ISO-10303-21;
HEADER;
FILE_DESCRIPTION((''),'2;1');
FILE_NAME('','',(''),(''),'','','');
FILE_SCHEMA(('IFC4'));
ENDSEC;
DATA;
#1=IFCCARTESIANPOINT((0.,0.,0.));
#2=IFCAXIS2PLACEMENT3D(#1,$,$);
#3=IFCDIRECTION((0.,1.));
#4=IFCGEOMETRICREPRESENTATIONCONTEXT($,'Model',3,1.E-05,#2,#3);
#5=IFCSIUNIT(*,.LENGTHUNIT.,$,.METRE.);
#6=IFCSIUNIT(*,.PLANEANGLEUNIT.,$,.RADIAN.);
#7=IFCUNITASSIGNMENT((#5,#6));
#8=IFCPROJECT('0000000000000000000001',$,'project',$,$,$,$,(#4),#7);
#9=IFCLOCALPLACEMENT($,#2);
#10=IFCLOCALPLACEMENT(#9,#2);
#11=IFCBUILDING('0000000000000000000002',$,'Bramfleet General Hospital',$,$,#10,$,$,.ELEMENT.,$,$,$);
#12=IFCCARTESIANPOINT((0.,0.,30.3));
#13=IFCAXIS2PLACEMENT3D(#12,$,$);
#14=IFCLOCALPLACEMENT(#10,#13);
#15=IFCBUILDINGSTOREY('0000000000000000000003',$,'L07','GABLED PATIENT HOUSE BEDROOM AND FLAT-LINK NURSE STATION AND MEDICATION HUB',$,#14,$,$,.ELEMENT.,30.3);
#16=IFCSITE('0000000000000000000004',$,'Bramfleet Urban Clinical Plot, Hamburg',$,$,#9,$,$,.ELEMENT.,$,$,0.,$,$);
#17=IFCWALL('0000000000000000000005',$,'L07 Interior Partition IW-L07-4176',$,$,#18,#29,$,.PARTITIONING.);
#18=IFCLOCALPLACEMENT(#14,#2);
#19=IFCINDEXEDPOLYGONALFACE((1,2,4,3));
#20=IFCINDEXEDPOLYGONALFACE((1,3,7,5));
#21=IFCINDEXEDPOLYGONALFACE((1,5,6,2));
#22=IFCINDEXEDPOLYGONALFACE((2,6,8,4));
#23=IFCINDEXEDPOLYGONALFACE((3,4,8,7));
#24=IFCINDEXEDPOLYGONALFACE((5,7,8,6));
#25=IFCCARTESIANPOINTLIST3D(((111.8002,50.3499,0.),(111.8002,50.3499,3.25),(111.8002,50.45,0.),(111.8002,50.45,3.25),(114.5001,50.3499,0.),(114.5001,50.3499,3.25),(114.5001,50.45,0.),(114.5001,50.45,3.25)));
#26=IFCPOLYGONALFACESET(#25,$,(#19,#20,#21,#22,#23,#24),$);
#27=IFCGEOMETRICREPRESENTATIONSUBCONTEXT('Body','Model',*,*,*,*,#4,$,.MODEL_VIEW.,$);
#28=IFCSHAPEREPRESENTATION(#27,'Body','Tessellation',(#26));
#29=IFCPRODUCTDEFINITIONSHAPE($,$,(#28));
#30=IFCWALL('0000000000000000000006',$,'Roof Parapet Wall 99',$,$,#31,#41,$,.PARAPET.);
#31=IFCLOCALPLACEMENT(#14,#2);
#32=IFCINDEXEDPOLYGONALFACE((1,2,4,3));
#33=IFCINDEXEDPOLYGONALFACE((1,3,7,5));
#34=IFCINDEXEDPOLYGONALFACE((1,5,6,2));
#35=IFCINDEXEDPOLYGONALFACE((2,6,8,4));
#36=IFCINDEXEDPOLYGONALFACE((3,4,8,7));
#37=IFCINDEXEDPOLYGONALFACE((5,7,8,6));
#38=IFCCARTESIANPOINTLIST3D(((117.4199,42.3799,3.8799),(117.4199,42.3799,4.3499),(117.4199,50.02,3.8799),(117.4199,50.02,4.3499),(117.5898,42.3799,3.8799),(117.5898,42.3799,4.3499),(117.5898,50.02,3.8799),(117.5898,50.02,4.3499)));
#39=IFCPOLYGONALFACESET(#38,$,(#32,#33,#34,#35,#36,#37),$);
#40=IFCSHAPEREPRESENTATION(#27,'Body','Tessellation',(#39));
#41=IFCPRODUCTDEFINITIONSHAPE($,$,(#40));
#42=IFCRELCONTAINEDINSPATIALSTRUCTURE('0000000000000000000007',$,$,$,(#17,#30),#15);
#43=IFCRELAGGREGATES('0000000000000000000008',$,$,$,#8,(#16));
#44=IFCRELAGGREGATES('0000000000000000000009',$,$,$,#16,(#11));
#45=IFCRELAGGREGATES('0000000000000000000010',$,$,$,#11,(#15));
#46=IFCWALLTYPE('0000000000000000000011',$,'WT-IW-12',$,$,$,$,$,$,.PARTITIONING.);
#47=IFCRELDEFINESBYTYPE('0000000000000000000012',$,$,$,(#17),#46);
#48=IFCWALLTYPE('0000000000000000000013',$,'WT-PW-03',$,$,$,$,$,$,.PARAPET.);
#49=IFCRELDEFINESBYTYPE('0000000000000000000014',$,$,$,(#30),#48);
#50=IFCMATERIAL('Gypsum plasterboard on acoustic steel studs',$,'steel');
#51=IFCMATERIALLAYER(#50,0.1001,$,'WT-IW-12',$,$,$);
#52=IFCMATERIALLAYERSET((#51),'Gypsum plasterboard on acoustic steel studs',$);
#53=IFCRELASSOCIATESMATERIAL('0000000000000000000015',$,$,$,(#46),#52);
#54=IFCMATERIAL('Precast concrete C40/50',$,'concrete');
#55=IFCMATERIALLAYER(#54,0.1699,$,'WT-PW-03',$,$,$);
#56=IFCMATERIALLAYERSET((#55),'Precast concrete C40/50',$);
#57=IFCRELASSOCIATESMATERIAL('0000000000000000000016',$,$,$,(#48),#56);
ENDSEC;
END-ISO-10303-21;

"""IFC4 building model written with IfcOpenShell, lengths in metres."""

from ifc_helpers import new_model, si_unit, direction, frame, frame_2d, origin, place, context, subcontext, project, spatial, rectangle, extrude, material, layer, layer_set, type_object, element, save


model = new_model("IFC4")

# Units and contexts
model_context = context("Model", 3, precision=1e-05, world=origin(), true_north=direction((0.0, 1.0)))
body_context = subcontext(model_context, "Body", "Model", "MODEL_VIEW")
ifc_project = project(units=[si_unit("LENGTHUNIT", "METRE"), si_unit("PLANEANGLEUNIT", "RADIAN")], contexts=[model_context])

# Site, building, storey
site_placement = place(None, origin())
site = spatial("IfcSite", under=ifc_project, at=site_placement, Name="Bramfleet Urban Clinical Plot, Hamburg", CompositionType="ELEMENT", RefElevation=0.0)
building_placement = place(site_placement, origin())
building = spatial("IfcBuilding", under=site, at=building_placement, Name="Bramfleet General Hospital", CompositionType="ELEMENT")
storey_placement = place(building_placement, frame((0.0, 0.0, 30.3)))
storey = spatial("IfcBuildingStorey", under=building, at=storey_placement, Name="L07", Description="GABLED PATIENT HOUSE BEDROOM AND FLAT-LINK NURSE STATION AND MEDICATION HUB", CompositionType="ELEMENT", Elevation=30.3)

# Walls
ifc_material_1 = material(Name="Gypsum plasterboard on acoustic steel studs", Category="steel")
ifc_layer_1 = layer(ifc_material_1, 0.1001, Name="WT-IW-12")
ifc_layer_set_1 = layer_set([ifc_layer_1], Name="Gypsum plasterboard on acoustic steel studs")
wall_type_1 = type_object("IfcWallType", Name="WT-IW-12", PredefinedType="PARTITIONING", material=ifc_layer_set_1)
wall_1_placement = place(storey_placement, frame((111.8, 50.3999, 0.0), z_axis=(0.0, 0.0, 1.0), x_axis=(1.0, 0.0, 0.0)))
element("IfcWall", 1, at=wall_1_placement, inside=storey, type_object=wall_type_1, Name="L07 Interior Partition IW-L07-4176", PredefinedType="PARTITIONING", context=body_context, shape_type="SweptSolid", body=[
    extrude(rectangle(XDim=2.7, YDim=0.1001, at=frame_2d((1.3501, 0.0))), origin(), (0.0, 0.0, 1.0), 3.25),
])
ifc_material_2 = material(Name="Precast concrete C40/50", Category="concrete")
ifc_layer_2 = layer(ifc_material_2, 0.1699, Name="WT-PW-03")
ifc_layer_set_2 = layer_set([ifc_layer_2], Name="Precast concrete C40/50")
wall_type_2 = type_object("IfcWallType", Name="WT-PW-03", PredefinedType="PARAPET", material=ifc_layer_set_2)
wall_2_placement = place(storey_placement, frame((117.5049, 50.02, 3.8799), z_axis=(0.0, 0.0, 1.0), x_axis=(0.0, -1.0, 0.0)))
element("IfcWall", 2, at=wall_2_placement, inside=storey, type_object=wall_type_2, Name="Roof Parapet Wall 99", PredefinedType="PARAPET", context=body_context, shape_type="SweptSolid", body=[
    extrude(rectangle(XDim=7.6401, YDim=0.1699, at=frame_2d((3.8201, 0.0))), origin(), (0.0, 0.0, 1.0), 0.47),
])

save(model, "model.ifc")
